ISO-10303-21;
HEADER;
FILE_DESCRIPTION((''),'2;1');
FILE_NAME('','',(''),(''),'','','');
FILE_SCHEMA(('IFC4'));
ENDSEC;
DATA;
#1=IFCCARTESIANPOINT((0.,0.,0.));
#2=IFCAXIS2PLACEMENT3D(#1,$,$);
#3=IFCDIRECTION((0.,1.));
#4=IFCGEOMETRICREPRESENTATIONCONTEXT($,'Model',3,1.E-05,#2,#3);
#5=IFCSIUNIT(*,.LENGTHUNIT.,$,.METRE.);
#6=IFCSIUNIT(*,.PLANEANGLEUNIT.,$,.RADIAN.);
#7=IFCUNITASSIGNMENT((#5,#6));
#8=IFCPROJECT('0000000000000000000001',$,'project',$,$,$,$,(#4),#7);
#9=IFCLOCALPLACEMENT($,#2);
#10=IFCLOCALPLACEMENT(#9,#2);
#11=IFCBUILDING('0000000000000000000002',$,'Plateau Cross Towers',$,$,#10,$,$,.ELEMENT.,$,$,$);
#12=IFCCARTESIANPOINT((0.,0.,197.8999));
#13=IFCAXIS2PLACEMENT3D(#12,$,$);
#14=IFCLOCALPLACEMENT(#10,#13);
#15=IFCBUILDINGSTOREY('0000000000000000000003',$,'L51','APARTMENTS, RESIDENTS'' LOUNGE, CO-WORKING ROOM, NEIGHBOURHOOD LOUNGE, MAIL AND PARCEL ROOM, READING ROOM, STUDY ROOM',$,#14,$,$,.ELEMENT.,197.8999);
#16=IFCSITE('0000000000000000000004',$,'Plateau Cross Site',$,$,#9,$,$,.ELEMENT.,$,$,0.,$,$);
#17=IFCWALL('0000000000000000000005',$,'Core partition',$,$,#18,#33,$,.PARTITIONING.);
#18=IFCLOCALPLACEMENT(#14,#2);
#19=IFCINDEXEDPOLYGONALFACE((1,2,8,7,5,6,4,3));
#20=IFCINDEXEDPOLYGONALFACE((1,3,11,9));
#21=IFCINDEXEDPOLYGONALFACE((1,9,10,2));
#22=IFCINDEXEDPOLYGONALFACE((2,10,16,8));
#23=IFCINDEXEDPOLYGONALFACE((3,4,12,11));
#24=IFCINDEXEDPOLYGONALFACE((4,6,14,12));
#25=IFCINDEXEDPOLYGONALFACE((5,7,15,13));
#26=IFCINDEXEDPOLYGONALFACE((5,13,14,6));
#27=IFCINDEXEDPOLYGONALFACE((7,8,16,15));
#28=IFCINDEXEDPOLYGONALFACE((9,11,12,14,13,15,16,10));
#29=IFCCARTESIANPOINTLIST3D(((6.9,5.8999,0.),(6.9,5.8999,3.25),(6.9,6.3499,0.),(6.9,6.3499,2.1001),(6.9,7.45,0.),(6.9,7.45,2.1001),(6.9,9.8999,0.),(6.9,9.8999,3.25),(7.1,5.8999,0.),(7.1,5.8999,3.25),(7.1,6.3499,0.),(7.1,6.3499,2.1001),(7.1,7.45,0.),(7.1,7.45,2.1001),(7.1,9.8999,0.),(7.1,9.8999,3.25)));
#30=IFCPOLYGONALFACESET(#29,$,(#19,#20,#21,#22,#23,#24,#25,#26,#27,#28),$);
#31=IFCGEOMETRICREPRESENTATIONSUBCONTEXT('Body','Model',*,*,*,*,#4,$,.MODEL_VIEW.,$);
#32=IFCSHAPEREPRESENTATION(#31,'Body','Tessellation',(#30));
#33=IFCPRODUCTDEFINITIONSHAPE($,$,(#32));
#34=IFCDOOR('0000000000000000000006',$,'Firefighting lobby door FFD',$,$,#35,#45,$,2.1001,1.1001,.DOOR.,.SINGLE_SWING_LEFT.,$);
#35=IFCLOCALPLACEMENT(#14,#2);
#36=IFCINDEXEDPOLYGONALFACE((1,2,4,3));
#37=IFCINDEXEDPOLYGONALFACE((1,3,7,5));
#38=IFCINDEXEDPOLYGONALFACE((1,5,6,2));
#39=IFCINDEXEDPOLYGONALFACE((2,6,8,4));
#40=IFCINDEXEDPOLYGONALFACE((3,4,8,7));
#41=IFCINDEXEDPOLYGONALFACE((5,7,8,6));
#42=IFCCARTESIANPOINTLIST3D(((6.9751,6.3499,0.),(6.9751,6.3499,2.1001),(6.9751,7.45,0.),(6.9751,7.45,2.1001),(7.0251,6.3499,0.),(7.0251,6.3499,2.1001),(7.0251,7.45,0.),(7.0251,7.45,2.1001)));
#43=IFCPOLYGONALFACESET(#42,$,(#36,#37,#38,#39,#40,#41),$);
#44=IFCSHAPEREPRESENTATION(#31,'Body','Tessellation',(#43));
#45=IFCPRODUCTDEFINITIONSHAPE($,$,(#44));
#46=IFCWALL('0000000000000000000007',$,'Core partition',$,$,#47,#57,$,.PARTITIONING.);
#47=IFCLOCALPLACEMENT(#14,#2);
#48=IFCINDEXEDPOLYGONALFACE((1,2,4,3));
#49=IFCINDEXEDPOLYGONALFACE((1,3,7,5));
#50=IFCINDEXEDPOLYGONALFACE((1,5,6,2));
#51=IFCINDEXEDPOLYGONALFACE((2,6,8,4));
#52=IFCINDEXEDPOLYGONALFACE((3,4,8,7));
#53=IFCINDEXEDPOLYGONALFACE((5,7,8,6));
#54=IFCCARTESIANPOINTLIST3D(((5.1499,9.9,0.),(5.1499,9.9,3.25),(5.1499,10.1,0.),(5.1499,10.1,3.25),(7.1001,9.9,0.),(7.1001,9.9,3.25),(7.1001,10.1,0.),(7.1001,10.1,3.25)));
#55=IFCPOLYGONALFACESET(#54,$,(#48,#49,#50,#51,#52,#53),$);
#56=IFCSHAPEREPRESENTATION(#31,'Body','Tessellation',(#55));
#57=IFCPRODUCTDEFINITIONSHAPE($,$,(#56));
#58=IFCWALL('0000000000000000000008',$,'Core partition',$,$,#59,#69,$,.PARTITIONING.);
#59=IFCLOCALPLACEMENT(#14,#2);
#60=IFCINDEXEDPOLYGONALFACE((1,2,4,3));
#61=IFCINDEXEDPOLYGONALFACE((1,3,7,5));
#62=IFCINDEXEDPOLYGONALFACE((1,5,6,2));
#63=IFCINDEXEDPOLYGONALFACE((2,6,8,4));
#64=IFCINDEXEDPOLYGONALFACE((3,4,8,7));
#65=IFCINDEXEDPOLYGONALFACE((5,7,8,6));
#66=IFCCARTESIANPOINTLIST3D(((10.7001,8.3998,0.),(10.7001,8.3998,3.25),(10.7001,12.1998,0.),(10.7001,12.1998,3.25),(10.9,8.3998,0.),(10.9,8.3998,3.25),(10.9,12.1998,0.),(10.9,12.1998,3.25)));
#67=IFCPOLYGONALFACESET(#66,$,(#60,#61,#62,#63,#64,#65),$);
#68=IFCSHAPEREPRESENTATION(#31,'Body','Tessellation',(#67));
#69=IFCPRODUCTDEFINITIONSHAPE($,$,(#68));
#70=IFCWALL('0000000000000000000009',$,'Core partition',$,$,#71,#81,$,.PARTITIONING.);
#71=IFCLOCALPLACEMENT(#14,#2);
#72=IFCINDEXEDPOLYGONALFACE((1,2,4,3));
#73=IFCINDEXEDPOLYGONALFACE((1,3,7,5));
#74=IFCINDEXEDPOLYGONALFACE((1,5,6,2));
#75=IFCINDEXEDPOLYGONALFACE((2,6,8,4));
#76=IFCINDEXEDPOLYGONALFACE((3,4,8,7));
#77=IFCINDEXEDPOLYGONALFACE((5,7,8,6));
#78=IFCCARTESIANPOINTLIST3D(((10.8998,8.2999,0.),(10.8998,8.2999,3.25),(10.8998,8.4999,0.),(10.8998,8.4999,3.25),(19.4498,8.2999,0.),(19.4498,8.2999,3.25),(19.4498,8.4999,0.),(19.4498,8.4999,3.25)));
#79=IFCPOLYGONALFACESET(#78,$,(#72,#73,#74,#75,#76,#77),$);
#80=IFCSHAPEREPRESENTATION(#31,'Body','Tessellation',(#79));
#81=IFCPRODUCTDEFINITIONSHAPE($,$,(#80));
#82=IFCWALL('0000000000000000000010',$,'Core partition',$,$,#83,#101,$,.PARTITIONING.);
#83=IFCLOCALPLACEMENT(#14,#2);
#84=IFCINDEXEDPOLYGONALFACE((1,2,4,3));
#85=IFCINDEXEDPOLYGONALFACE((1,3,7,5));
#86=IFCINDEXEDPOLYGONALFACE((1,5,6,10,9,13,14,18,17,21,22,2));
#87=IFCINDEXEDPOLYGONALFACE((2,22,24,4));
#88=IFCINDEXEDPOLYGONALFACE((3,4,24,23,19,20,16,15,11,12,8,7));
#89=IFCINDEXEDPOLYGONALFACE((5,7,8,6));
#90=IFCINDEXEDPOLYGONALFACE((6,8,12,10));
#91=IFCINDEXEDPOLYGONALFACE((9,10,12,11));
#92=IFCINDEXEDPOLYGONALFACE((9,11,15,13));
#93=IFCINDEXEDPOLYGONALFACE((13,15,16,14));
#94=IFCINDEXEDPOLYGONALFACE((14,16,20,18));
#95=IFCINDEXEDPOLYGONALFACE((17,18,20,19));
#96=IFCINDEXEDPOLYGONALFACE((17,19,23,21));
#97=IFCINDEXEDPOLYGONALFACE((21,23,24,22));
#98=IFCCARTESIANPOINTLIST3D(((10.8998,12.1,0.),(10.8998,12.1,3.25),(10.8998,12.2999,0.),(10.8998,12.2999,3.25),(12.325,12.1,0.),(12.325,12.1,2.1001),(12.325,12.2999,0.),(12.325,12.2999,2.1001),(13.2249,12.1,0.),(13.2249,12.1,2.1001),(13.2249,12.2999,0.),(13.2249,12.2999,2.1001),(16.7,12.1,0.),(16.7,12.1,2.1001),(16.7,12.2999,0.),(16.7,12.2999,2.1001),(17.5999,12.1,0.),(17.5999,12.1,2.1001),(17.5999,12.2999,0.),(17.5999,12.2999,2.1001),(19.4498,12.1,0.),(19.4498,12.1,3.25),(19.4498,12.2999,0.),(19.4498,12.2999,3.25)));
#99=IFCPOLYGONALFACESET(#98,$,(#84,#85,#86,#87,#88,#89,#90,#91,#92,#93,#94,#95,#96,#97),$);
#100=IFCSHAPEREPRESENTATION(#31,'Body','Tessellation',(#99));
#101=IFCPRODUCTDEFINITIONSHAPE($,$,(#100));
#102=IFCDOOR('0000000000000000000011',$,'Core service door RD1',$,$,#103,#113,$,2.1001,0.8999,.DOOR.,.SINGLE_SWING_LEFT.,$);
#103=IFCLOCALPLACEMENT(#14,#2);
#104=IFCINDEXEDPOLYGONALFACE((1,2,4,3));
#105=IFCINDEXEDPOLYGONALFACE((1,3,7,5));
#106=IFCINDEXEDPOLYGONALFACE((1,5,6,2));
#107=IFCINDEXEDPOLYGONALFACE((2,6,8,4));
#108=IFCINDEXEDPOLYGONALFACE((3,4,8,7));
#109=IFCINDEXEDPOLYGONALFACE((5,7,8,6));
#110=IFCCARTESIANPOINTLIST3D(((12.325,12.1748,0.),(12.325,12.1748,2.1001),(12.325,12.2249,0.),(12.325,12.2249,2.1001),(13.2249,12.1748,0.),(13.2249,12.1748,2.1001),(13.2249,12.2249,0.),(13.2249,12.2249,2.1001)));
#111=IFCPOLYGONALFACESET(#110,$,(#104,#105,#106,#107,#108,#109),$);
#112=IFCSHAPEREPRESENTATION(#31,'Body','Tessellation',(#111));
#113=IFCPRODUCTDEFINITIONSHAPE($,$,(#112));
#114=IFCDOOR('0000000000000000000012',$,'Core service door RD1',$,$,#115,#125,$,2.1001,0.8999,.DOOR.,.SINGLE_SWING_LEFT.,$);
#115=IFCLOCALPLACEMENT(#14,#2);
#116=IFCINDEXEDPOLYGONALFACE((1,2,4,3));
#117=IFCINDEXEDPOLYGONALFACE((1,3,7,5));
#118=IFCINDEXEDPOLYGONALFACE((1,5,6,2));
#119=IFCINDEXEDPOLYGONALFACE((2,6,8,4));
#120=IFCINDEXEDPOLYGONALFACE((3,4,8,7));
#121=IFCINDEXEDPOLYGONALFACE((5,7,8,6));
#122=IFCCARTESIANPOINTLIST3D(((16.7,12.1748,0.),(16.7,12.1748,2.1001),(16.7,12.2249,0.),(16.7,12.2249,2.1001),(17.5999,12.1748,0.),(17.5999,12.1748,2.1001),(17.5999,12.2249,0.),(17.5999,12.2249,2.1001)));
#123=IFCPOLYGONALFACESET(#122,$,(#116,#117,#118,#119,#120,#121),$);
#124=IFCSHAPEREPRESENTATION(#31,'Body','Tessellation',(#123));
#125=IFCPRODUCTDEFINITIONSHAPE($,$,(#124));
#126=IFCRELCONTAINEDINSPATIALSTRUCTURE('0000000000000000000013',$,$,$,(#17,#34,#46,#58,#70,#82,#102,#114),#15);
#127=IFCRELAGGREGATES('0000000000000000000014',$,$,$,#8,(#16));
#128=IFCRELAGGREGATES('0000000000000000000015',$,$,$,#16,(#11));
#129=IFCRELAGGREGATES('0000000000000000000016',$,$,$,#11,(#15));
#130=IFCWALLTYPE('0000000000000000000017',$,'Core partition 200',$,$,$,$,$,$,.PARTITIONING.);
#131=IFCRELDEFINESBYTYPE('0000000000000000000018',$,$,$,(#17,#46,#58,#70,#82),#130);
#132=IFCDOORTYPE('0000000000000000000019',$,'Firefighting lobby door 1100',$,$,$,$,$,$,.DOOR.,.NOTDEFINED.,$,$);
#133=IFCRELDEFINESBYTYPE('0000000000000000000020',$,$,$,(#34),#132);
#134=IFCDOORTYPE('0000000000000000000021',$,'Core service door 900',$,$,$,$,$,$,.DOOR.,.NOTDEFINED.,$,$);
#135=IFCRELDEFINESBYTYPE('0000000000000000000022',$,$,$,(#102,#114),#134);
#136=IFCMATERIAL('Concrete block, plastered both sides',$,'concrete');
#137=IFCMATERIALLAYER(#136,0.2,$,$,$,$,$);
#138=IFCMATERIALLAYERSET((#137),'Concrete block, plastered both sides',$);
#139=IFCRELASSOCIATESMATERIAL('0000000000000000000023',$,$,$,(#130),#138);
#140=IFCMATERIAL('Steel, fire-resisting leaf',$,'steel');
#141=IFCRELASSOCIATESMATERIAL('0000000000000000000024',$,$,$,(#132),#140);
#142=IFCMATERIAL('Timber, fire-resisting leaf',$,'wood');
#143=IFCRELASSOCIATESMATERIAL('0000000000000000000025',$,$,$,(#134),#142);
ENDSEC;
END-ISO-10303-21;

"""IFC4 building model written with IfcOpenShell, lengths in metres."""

from ifc_helpers import new_model, si_unit, direction, frame, frame_2d, origin, place, context, subcontext, project, spatial, rectangle, extrude, material, layer, layer_set, type_object, element, fill, save


model = new_model("IFC4")

# Units and contexts
model_context = context("Model", 3, precision=1e-05, world=origin(), true_north=direction((0.0, 1.0)))
body_context = subcontext(model_context, "Body", "Model", "MODEL_VIEW")
ifc_project = project(units=[si_unit("LENGTHUNIT", "METRE"), si_unit("PLANEANGLEUNIT", "RADIAN")], contexts=[model_context])

# Site, building, storey
site_placement = place(None, origin())
site = spatial("IfcSite", under=ifc_project, at=site_placement, Name="Plateau Cross Site", CompositionType="ELEMENT", RefElevation=0.0)
building_placement = place(site_placement, origin())
building = spatial("IfcBuilding", under=site, at=building_placement, Name="Plateau Cross Towers", CompositionType="ELEMENT")
storey_placement = place(building_placement, frame((0.0, 0.0, 197.8999)))
storey = spatial("IfcBuildingStorey", under=building, at=storey_placement, Name="L51", Description="APARTMENTS, RESIDENTS' LOUNGE, CO-WORKING ROOM, NEIGHBOURHOOD LOUNGE, MAIL AND PARCEL ROOM, READING ROOM, STUDY ROOM", CompositionType="ELEMENT", Elevation=197.8999)

# Wall, opening, door
ifc_material_1 = material(Name="Concrete block, plastered both sides", Category="concrete")
ifc_layer_1 = layer(ifc_material_1, 0.2)
ifc_layer_set_1 = layer_set([ifc_layer_1], Name="Concrete block, plastered both sides")
wall_type_1 = type_object("IfcWallType", Name="Core partition 200", PredefinedType="PARTITIONING", material=ifc_layer_set_1)
wall_1_placement = place(storey_placement, frame((7.0, 5.8999, 0.0), z_axis=(0.0, 0.0, 1.0), x_axis=(0.0, 1.0, 0.0)))
wall_1 = element("IfcWall", 1, at=wall_1_placement, inside=storey, type_object=wall_type_1, Name="Core partition", PredefinedType="PARTITIONING", context=body_context, shape_type="SweptSolid", body=[
    extrude(rectangle(XDim=4.0, YDim=0.2, at=frame_2d((2.0, 0.0))), origin(), (0.0, 0.0, 1.0), 3.25),
])
opening_1_placement = place(wall_1_placement, frame((0.45, 0.0, 0.0)))
opening_1 = element("IfcOpeningElement", 2, at=opening_1_placement, cuts=wall_1, PredefinedType="OPENING", context=body_context, shape_type="SweptSolid", body=[
    extrude(rectangle(XDim=1.1001, YDim=2.1001, at=frame_2d((0.55, 1.05))), frame((0.0, 0.1099, 0.0), z_axis=(0.0, -1.0, 0.0), x_axis=(1.0, 0.0, 0.0)), (0.0, 0.0, 1.0), 0.22),
])
ifc_material_2 = material(Name="Steel, fire-resisting leaf", Category="steel")
door_type_1 = type_object("IfcDoorType", Name="Firefighting lobby door 1100", OperationType="NOTDEFINED", PredefinedType="DOOR", material=ifc_material_2)
door_1_placement = place(opening_1_placement, origin())
door_1 = element("IfcDoor", 3, at=door_1_placement, inside=storey, type_object=door_type_1, Name="Firefighting lobby door FFD", OperationType="SINGLE_SWING_LEFT", OverallHeight=2.1001, OverallWidth=1.1001, PredefinedType="DOOR", context=body_context, shape_type="SweptSolid", body=[
    extrude(rectangle(XDim=1.1001, YDim=2.1001, at=frame_2d((0.55, 1.05))), frame((0.0, 0.0249, 0.0), z_axis=(0.0, -1.0, 0.0), x_axis=(1.0, 0.0, 0.0)), (0.0, 0.0, 1.0), 0.05),
])
fill(opening_1, door_1)

# Walls
wall_2_placement = place(storey_placement, frame((5.1499, 10.0, 0.0), z_axis=(0.0, 0.0, 1.0), x_axis=(1.0, 0.0, 0.0)))
element("IfcWall", 4, at=wall_2_placement, inside=storey, type_object=wall_type_1, Name="Core partition", PredefinedType="PARTITIONING", context=body_context, shape_type="SweptSolid", body=[
    extrude(rectangle(XDim=1.9502, YDim=0.2, at=frame_2d((0.9751, 0.0))), origin(), (0.0, 0.0, 1.0), 3.25),
])
wall_3_placement = place(storey_placement, frame((10.8, 8.3999, 0.0), z_axis=(0.0, 0.0, 1.0), x_axis=(0.0, 1.0, 0.0)))
element("IfcWall", 5, at=wall_3_placement, inside=storey, type_object=wall_type_1, Name="Core partition", PredefinedType="PARTITIONING", context=body_context, shape_type="SweptSolid", body=[
    extrude(rectangle(XDim=3.8, YDim=0.2, at=frame_2d((1.8999, 0.0))), origin(), (0.0, 0.0, 1.0), 3.25),
])
wall_4_placement = place(storey_placement, frame((10.8999, 8.3999, 0.0), z_axis=(0.0, 0.0, 1.0), x_axis=(1.0, 0.0, 0.0)))
element("IfcWall", 6, at=wall_4_placement, inside=storey, type_object=wall_type_1, Name="Core partition", PredefinedType="PARTITIONING", context=body_context, shape_type="SweptSolid", body=[
    extrude(rectangle(XDim=8.55, YDim=0.2, at=frame_2d((4.2749, 0.0))), origin(), (0.0, 0.0, 1.0), 3.25),
])

# Wall, openings, doors
wall_5_placement = place(storey_placement, frame((10.8999, 12.2, 0.0), z_axis=(0.0, 0.0, 1.0), x_axis=(1.0, 0.0, 0.0)))
wall_5 = element("IfcWall", 7, at=wall_5_placement, inside=storey, type_object=wall_type_1, Name="Core partition", PredefinedType="PARTITIONING", context=body_context, shape_type="SweptSolid", body=[
    extrude(rectangle(XDim=8.55, YDim=0.2, at=frame_2d((4.2749, 0.0))), origin(), (0.0, 0.0, 1.0), 3.25),
])
opening_2_placement = place(wall_5_placement, frame((1.425, 0.0, 0.0)))
opening_2 = element("IfcOpeningElement", 8, at=opening_2_placement, cuts=wall_5, PredefinedType="OPENING", context=body_context, shape_type="SweptSolid", body=[
    extrude(rectangle(XDim=0.8999, YDim=2.1001, at=frame_2d((0.45, 1.05))), frame((0.0, 0.1099, 0.0), z_axis=(0.0, -1.0, 0.0), x_axis=(1.0, 0.0, 0.0)), (0.0, 0.0, 1.0), 0.22),
])
opening_3_placement = place(wall_5_placement, frame((5.8, 0.0, 0.0)))
opening_3 = element("IfcOpeningElement", 9, at=opening_3_placement, cuts=wall_5, PredefinedType="OPENING", context=body_context, shape_type="SweptSolid", body=[
    extrude(rectangle(XDim=0.8999, YDim=2.1001, at=frame_2d((0.45, 1.05))), frame((0.0, 0.1099, 0.0), z_axis=(0.0, -1.0, 0.0), x_axis=(1.0, 0.0, 0.0)), (0.0, 0.0, 1.0), 0.22),
])
ifc_material_3 = material(Name="Timber, fire-resisting leaf", Category="wood")
door_type_2 = type_object("IfcDoorType", Name="Core service door 900", OperationType="NOTDEFINED", PredefinedType="DOOR", material=ifc_material_3)
door_2_placement = place(opening_2_placement, origin())
door_2 = element("IfcDoor", 10, at=door_2_placement, inside=storey, type_object=door_type_2, Name="Core service door RD1", OperationType="SINGLE_SWING_LEFT", OverallHeight=2.1001, OverallWidth=0.8999, PredefinedType="DOOR", context=body_context, shape_type="SweptSolid", body=[
    extrude(rectangle(XDim=0.8999, YDim=2.1001, at=frame_2d((0.45, 1.05))), frame((0.0, 0.0249, 0.0), z_axis=(0.0, -1.0, 0.0), x_axis=(1.0, 0.0, 0.0)), (0.0, 0.0, 1.0), 0.05),
])
fill(opening_2, door_2)
door_3_placement = place(opening_3_placement, origin())
door_3 = element("IfcDoor", 11, at=door_3_placement, inside=storey, type_object=door_type_2, Name="Core service door RD1", OperationType="SINGLE_SWING_LEFT", OverallHeight=2.1001, OverallWidth=0.8999, PredefinedType="DOOR", context=body_context, shape_type="SweptSolid", body=[
    extrude(rectangle(XDim=0.8999, YDim=2.1001, at=frame_2d((0.45, 1.05))), frame((0.0, 0.0249, 0.0), z_axis=(0.0, -1.0, 0.0), x_axis=(1.0, 0.0, 0.0)), (0.0, 0.0, 1.0), 0.05),
])
fill(opening_3, door_3)

save(model, "model.ifc")
